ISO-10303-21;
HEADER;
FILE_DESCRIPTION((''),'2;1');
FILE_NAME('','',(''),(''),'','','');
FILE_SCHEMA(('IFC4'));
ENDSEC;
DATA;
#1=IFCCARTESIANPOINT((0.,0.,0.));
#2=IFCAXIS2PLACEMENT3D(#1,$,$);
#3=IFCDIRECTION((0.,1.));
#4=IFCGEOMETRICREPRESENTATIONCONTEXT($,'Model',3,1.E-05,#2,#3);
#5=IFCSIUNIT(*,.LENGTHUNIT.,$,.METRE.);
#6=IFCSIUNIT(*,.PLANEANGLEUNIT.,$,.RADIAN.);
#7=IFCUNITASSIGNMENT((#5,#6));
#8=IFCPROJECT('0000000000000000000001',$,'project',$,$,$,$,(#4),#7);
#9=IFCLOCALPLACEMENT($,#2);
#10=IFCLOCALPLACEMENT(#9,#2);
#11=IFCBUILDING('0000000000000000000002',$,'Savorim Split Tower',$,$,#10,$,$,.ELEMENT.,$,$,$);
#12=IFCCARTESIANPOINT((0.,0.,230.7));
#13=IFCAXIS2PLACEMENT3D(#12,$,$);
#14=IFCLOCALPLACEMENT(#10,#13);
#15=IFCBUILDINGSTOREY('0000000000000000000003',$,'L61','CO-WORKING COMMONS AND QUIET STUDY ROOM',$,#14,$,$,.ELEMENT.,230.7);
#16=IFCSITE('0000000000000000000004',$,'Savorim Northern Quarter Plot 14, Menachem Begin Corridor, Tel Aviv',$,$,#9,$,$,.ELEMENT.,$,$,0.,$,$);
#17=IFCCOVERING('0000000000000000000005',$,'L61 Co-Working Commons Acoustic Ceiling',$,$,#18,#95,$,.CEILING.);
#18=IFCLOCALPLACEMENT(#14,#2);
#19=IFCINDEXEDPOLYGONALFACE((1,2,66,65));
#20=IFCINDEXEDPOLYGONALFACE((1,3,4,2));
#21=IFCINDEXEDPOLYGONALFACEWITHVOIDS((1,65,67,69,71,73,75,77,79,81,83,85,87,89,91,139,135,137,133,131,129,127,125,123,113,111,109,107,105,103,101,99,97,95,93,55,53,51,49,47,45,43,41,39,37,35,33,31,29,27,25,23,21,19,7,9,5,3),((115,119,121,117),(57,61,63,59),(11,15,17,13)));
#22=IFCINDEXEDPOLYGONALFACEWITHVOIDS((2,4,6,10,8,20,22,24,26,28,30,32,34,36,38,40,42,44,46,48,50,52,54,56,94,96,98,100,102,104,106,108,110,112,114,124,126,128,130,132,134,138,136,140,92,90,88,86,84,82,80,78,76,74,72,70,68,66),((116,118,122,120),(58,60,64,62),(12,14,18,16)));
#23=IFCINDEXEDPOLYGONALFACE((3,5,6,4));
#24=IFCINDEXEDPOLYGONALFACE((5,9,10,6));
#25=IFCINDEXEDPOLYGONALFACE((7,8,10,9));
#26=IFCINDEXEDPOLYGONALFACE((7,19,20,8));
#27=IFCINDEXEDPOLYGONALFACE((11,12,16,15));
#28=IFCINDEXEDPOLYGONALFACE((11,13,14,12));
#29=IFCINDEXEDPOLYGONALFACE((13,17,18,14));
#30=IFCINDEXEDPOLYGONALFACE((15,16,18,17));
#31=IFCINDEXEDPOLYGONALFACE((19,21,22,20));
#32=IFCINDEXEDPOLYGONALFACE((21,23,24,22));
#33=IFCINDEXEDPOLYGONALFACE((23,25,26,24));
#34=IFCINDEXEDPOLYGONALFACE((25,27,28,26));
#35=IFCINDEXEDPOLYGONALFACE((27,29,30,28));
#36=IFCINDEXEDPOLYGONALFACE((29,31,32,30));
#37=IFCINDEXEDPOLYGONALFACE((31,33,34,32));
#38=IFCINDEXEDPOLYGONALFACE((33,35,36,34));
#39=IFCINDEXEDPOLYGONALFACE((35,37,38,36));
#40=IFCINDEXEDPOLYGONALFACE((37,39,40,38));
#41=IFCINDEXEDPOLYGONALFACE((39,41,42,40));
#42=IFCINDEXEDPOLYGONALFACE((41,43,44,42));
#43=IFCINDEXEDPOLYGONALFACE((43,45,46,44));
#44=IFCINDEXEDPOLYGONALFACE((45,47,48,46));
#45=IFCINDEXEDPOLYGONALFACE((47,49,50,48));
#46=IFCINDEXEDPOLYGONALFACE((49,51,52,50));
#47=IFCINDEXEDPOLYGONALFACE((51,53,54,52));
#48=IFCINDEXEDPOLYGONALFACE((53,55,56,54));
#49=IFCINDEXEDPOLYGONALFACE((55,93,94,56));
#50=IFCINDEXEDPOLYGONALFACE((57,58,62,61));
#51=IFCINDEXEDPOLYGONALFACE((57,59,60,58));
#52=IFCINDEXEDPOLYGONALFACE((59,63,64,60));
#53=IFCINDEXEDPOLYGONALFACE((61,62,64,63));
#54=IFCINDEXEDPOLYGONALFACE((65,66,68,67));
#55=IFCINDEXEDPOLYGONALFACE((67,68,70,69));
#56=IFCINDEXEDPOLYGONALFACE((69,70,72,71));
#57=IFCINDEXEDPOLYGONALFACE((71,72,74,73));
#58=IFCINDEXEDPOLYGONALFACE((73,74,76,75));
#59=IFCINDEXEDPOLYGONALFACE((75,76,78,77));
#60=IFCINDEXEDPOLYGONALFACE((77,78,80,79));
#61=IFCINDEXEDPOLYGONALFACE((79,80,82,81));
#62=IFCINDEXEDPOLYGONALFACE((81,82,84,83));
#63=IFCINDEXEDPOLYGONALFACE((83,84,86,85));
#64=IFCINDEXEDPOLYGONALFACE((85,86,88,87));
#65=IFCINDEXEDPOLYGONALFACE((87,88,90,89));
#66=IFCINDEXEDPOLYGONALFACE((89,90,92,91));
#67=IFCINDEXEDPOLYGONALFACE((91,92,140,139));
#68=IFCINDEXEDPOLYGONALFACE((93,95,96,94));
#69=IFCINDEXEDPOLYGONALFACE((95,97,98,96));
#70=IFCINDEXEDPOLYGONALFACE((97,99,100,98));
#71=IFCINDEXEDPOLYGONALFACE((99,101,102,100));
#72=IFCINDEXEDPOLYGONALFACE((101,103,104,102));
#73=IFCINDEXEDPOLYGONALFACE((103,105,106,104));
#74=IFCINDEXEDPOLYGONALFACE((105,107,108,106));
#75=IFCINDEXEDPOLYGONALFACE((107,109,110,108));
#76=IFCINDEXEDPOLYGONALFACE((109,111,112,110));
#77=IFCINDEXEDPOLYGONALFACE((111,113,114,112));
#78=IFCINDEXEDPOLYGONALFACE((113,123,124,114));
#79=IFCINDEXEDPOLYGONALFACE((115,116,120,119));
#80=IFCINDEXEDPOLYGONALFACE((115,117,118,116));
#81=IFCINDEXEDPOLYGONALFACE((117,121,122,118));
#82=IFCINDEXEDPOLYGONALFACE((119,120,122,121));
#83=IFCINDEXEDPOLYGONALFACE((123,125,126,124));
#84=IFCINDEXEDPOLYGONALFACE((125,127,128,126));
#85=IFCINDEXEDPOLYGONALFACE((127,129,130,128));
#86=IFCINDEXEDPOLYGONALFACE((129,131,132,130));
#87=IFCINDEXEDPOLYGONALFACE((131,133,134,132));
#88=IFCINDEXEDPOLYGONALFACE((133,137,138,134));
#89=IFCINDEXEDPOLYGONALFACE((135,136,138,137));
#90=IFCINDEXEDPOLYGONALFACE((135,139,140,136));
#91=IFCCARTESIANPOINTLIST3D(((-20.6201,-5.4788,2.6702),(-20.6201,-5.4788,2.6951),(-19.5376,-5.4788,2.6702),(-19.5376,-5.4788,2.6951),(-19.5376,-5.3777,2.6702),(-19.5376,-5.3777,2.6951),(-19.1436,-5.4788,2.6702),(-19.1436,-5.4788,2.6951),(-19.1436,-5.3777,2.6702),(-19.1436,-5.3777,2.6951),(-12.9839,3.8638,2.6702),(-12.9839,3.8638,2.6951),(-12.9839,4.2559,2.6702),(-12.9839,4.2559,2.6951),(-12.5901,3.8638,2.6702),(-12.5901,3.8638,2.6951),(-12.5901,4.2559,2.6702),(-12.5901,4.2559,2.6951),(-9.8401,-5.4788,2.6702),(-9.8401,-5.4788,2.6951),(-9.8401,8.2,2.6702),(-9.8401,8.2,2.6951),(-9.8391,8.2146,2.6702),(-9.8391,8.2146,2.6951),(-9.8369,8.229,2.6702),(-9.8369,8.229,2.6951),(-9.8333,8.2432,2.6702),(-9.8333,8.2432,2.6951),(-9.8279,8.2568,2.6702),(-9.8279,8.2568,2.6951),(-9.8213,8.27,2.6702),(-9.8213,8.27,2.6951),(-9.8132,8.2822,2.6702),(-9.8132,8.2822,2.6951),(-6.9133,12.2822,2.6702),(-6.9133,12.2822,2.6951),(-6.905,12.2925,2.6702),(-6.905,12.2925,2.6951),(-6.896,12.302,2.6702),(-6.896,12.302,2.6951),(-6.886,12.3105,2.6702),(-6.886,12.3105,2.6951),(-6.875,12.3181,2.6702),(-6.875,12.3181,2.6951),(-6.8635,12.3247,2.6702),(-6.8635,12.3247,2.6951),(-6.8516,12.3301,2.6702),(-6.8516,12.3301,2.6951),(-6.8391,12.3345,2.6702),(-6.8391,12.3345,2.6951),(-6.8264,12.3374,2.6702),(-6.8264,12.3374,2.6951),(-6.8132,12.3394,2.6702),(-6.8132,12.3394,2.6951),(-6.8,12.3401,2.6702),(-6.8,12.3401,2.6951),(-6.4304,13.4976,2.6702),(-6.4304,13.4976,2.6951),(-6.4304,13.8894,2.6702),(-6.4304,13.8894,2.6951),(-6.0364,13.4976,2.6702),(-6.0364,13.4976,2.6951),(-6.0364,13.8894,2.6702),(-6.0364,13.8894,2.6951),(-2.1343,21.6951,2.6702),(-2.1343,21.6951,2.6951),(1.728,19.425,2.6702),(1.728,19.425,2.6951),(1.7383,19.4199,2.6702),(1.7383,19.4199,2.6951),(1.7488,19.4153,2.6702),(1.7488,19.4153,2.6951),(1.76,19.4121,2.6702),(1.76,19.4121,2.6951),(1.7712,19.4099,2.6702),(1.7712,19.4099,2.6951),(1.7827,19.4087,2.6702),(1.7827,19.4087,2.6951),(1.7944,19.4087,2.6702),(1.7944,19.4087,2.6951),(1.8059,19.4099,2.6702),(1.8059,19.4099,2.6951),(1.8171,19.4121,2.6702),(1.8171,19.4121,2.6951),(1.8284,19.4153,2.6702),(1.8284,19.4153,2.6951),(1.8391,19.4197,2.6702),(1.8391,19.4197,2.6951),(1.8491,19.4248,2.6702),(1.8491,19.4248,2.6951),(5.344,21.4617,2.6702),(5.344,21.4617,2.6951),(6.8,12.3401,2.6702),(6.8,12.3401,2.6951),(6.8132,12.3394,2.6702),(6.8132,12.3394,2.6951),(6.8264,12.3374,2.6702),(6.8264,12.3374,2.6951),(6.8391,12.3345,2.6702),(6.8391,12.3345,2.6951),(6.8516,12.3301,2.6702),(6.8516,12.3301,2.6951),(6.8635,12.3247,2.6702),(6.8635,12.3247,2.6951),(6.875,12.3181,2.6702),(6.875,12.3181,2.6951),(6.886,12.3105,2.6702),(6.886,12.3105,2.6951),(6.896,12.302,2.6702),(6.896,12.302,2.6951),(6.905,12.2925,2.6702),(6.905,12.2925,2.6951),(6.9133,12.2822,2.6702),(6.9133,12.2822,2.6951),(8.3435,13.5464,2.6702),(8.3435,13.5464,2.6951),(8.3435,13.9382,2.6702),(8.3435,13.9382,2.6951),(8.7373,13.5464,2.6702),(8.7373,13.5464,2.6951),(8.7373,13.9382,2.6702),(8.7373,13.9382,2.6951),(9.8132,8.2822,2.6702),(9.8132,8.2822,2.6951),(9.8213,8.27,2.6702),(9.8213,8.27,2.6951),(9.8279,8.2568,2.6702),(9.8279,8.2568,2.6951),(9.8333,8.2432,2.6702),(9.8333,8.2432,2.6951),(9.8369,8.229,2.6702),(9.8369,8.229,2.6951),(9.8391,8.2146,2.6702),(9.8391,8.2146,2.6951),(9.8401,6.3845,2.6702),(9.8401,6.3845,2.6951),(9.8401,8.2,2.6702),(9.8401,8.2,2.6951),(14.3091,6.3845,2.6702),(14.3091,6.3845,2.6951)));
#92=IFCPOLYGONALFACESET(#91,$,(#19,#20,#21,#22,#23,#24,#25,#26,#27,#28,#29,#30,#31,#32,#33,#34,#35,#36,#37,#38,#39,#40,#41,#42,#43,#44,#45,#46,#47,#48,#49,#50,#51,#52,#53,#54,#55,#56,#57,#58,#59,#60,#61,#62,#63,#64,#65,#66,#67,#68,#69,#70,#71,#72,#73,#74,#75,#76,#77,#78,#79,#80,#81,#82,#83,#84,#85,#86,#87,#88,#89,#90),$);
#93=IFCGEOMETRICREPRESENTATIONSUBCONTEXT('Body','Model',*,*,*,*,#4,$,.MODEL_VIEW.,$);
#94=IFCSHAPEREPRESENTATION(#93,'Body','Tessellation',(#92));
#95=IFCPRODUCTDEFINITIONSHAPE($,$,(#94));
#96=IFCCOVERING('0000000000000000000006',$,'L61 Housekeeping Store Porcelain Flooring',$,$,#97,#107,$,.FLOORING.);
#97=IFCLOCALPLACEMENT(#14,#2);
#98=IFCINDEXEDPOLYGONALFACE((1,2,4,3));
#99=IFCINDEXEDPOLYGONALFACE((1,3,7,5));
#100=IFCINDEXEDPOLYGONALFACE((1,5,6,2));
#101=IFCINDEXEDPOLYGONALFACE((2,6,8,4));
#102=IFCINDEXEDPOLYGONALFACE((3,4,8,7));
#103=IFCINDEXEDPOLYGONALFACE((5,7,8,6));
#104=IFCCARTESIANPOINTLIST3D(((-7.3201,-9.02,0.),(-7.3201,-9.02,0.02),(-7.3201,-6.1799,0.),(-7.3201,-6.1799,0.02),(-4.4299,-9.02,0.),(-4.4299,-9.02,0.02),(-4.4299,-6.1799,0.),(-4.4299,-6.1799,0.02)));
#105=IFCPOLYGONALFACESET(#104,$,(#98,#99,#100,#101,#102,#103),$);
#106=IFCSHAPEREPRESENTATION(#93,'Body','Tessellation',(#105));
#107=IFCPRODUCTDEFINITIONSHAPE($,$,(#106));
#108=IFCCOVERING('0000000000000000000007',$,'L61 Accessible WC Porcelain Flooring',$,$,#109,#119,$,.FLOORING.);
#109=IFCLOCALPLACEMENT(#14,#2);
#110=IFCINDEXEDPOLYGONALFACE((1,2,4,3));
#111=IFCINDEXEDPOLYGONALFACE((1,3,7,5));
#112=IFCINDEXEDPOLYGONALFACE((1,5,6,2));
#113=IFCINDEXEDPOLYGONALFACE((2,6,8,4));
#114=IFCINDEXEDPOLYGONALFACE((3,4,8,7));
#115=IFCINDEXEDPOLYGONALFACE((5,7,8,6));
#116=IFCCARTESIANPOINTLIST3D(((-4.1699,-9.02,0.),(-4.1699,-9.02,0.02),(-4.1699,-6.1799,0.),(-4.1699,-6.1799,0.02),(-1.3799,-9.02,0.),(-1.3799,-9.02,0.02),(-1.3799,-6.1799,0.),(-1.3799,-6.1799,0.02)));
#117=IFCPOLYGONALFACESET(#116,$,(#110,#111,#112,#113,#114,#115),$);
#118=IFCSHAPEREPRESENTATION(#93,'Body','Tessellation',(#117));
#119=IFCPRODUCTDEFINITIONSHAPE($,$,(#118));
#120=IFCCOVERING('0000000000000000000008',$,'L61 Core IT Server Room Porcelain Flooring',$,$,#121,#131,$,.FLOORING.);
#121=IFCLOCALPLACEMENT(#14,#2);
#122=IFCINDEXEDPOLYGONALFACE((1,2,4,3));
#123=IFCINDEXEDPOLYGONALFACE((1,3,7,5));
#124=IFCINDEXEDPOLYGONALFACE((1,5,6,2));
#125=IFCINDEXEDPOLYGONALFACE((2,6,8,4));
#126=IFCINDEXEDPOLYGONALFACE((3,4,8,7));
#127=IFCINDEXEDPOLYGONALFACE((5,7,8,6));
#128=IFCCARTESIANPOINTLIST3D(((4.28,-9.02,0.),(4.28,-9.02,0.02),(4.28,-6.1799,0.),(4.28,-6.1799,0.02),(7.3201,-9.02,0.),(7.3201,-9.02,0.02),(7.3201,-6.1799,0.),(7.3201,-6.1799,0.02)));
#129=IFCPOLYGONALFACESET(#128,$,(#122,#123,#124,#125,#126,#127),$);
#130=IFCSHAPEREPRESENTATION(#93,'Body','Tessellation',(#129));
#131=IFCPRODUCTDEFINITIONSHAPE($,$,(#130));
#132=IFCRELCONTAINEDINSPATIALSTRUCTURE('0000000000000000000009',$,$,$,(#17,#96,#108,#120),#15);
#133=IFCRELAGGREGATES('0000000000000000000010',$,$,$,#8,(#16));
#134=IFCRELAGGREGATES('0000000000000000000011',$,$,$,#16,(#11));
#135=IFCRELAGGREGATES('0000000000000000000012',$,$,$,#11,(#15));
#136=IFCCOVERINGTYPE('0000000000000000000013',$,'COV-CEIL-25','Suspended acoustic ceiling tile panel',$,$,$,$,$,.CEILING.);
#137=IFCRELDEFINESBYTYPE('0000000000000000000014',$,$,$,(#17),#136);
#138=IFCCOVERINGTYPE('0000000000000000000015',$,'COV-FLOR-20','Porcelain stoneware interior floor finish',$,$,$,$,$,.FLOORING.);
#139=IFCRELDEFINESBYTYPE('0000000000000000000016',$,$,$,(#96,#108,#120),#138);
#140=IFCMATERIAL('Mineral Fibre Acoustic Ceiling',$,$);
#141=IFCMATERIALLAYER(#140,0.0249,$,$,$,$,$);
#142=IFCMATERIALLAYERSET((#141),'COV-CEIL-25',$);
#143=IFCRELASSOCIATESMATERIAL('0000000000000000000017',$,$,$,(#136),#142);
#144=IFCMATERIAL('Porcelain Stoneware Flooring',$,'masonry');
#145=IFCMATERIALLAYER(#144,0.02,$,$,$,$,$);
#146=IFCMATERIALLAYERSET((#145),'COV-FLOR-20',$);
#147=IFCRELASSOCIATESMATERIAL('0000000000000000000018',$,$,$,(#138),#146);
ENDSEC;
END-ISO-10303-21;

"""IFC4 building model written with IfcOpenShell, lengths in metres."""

from ifc_helpers import new_model, si_unit, direction, frame, origin, place, context, subcontext, project, spatial, polyline, outline, extrude, material, layer, layer_set, type_object, element, save


model = new_model("IFC4")

# Units and contexts
model_context = context("Model", 3, precision=1e-05, world=origin(), true_north=direction((0.0, 1.0)))
body_context = subcontext(model_context, "Body", "Model", "MODEL_VIEW")
ifc_project = project(units=[si_unit("LENGTHUNIT", "METRE"), si_unit("PLANEANGLEUNIT", "RADIAN")], contexts=[model_context])

# Site, building, storey
site_placement = place(None, origin())
site = spatial("IfcSite", under=ifc_project, at=site_placement, Name="Savorim Northern Quarter Plot 14, Menachem Begin Corridor, Tel Aviv", CompositionType="ELEMENT", RefElevation=0.0)
building_placement = place(site_placement, origin())
building = spatial("IfcBuilding", under=site, at=building_placement, Name="Savorim Split Tower", CompositionType="ELEMENT")
storey_placement = place(building_placement, frame((0.0, 0.0, 230.7)))
storey = spatial("IfcBuildingStorey", under=building, at=storey_placement, Name="L61", Description="CO-WORKING COMMONS AND QUIET STUDY ROOM", CompositionType="ELEMENT", Elevation=230.7)

# Coverings
ifc_material_1 = material(Name="Mineral Fibre Acoustic Ceiling")
ifc_layer_1 = layer(ifc_material_1, 0.0249)
ifc_layer_set_1 = layer_set([ifc_layer_1], Name="COV-CEIL-25")
covering_type_1 = type_object("IfcCoveringType", Name="COV-CEIL-25", Description="Suspended acoustic ceiling tile panel", PredefinedType="CEILING", material=ifc_layer_set_1)
covering_1_placement = place(storey_placement, frame((0.0, 0.0, 2.6702)))
element("IfcCovering", 1, at=covering_1_placement, inside=storey, type_object=covering_type_1, Name="L61 Co-Working Commons Acoustic Ceiling", PredefinedType="CEILING", context=body_context, shape_type="SweptSolid", body=[
    extrude(outline(polyline([(1.7488, 19.4153), (1.7383, 19.4199), (1.728, 19.425), (-2.1343, 21.6951), (-20.6201, -5.4788), (-19.5376, -5.4788), (-19.5376, -5.3777), (-19.1436, -5.3777), (-19.1436, -5.4788), (-9.8401, -5.4788), (-9.8401, 8.2), (-9.8391, 8.2146), (-9.8369, 8.229), (-9.8333, 8.2432), (-9.8279, 8.2568), (-9.8213, 8.27), (-9.8132, 8.2822), (-6.9133, 12.2822), (-6.905, 12.2925), (-6.896, 12.302), (-6.886, 12.3105), (-6.875, 12.3181), (-6.8635, 12.3247), (-6.8516, 12.3301), (-6.8391, 12.3345), (-6.8264, 12.3374), (-6.8132, 12.3394), (-6.8, 12.3401), (6.8, 12.3401), (6.8132, 12.3394), (6.8264, 12.3374), (6.8391, 12.3345), (6.8516, 12.3301), (6.8635, 12.3247), (6.875, 12.3181), (6.886, 12.3105), (6.896, 12.302), (6.905, 12.2925), (6.9133, 12.2822), (9.8132, 8.2822), (9.8213, 8.27), (9.8279, 8.2568), (9.8333, 8.2432), (9.8369, 8.229), (9.8391, 8.2146), (9.8401, 8.2), (9.8401, 6.3845), (14.3091, 6.3845), (5.344, 21.4617), (1.8491, 19.4248), (1.8391, 19.4197), (1.8284, 19.4153), (1.8171, 19.4121), (1.8059, 19.4099), (1.7944, 19.4087), (1.7827, 19.4087), (1.7712, 19.4099), (1.76, 19.4121), (1.7488, 19.4153)]), holes=[polyline([(8.7373, 13.9382), (8.3435, 13.9382), (8.3435, 13.5464), (8.7373, 13.5464), (8.7373, 13.9382)]), polyline([(-6.0364, 13.8894), (-6.4304, 13.8894), (-6.4304, 13.4976), (-6.0364, 13.4976), (-6.0364, 13.8894)]), polyline([(-12.9839, 4.2559), (-12.9839, 3.8638), (-12.5901, 3.8638), (-12.5901, 4.2559), (-12.9839, 4.2559)])]), origin(), (0.0, 0.0, 1.0), 0.0249),
])
ifc_material_2 = material(Name="Porcelain Stoneware Flooring", Category="masonry")
ifc_layer_2 = layer(ifc_material_2, 0.02)
ifc_layer_set_2 = layer_set([ifc_layer_2], Name="COV-FLOR-20")
covering_type_2 = type_object("IfcCoveringType", Name="COV-FLOR-20", Description="Porcelain stoneware interior floor finish", PredefinedType="FLOORING", material=ifc_layer_set_2)
covering_2_placement = place(storey_placement, origin())
element("IfcCovering", 2, at=covering_2_placement, inside=storey, type_object=covering_type_2, Name="L61 Housekeeping Store Porcelain Flooring", PredefinedType="FLOORING", context=body_context, shape_type="SweptSolid", body=[
    extrude(outline(polyline([(-7.3201, -6.1799), (-7.3201, -9.02), (-4.4299, -9.02), (-4.4299, -6.1799), (-7.3201, -6.1799)])), origin(), (0.0, 0.0, 1.0), 0.02),
])
covering_3_placement = place(storey_placement, origin())
element("IfcCovering", 3, at=covering_3_placement, inside=storey, type_object=covering_type_2, Name="L61 Accessible WC Porcelain Flooring", PredefinedType="FLOORING", context=body_context, shape_type="SweptSolid", body=[
    extrude(outline(polyline([(-4.1699, -6.1799), (-4.1699, -9.02), (-1.3799, -9.02), (-1.3799, -6.1799), (-4.1699, -6.1799)])), origin(), (0.0, 0.0, 1.0), 0.02),
])
covering_4_placement = place(storey_placement, origin())
element("IfcCovering", 4, at=covering_4_placement, inside=storey, type_object=covering_type_2, Name="L61 Core IT Server Room Porcelain Flooring", PredefinedType="FLOORING", context=body_context, shape_type="SweptSolid", body=[
    extrude(outline(polyline([(4.28, -6.1799), (4.28, -9.02), (7.3201, -9.02), (7.3201, -6.1799), (4.28, -6.1799)])), origin(), (0.0, 0.0, 1.0), 0.02),
])

save(model, "model.ifc")
